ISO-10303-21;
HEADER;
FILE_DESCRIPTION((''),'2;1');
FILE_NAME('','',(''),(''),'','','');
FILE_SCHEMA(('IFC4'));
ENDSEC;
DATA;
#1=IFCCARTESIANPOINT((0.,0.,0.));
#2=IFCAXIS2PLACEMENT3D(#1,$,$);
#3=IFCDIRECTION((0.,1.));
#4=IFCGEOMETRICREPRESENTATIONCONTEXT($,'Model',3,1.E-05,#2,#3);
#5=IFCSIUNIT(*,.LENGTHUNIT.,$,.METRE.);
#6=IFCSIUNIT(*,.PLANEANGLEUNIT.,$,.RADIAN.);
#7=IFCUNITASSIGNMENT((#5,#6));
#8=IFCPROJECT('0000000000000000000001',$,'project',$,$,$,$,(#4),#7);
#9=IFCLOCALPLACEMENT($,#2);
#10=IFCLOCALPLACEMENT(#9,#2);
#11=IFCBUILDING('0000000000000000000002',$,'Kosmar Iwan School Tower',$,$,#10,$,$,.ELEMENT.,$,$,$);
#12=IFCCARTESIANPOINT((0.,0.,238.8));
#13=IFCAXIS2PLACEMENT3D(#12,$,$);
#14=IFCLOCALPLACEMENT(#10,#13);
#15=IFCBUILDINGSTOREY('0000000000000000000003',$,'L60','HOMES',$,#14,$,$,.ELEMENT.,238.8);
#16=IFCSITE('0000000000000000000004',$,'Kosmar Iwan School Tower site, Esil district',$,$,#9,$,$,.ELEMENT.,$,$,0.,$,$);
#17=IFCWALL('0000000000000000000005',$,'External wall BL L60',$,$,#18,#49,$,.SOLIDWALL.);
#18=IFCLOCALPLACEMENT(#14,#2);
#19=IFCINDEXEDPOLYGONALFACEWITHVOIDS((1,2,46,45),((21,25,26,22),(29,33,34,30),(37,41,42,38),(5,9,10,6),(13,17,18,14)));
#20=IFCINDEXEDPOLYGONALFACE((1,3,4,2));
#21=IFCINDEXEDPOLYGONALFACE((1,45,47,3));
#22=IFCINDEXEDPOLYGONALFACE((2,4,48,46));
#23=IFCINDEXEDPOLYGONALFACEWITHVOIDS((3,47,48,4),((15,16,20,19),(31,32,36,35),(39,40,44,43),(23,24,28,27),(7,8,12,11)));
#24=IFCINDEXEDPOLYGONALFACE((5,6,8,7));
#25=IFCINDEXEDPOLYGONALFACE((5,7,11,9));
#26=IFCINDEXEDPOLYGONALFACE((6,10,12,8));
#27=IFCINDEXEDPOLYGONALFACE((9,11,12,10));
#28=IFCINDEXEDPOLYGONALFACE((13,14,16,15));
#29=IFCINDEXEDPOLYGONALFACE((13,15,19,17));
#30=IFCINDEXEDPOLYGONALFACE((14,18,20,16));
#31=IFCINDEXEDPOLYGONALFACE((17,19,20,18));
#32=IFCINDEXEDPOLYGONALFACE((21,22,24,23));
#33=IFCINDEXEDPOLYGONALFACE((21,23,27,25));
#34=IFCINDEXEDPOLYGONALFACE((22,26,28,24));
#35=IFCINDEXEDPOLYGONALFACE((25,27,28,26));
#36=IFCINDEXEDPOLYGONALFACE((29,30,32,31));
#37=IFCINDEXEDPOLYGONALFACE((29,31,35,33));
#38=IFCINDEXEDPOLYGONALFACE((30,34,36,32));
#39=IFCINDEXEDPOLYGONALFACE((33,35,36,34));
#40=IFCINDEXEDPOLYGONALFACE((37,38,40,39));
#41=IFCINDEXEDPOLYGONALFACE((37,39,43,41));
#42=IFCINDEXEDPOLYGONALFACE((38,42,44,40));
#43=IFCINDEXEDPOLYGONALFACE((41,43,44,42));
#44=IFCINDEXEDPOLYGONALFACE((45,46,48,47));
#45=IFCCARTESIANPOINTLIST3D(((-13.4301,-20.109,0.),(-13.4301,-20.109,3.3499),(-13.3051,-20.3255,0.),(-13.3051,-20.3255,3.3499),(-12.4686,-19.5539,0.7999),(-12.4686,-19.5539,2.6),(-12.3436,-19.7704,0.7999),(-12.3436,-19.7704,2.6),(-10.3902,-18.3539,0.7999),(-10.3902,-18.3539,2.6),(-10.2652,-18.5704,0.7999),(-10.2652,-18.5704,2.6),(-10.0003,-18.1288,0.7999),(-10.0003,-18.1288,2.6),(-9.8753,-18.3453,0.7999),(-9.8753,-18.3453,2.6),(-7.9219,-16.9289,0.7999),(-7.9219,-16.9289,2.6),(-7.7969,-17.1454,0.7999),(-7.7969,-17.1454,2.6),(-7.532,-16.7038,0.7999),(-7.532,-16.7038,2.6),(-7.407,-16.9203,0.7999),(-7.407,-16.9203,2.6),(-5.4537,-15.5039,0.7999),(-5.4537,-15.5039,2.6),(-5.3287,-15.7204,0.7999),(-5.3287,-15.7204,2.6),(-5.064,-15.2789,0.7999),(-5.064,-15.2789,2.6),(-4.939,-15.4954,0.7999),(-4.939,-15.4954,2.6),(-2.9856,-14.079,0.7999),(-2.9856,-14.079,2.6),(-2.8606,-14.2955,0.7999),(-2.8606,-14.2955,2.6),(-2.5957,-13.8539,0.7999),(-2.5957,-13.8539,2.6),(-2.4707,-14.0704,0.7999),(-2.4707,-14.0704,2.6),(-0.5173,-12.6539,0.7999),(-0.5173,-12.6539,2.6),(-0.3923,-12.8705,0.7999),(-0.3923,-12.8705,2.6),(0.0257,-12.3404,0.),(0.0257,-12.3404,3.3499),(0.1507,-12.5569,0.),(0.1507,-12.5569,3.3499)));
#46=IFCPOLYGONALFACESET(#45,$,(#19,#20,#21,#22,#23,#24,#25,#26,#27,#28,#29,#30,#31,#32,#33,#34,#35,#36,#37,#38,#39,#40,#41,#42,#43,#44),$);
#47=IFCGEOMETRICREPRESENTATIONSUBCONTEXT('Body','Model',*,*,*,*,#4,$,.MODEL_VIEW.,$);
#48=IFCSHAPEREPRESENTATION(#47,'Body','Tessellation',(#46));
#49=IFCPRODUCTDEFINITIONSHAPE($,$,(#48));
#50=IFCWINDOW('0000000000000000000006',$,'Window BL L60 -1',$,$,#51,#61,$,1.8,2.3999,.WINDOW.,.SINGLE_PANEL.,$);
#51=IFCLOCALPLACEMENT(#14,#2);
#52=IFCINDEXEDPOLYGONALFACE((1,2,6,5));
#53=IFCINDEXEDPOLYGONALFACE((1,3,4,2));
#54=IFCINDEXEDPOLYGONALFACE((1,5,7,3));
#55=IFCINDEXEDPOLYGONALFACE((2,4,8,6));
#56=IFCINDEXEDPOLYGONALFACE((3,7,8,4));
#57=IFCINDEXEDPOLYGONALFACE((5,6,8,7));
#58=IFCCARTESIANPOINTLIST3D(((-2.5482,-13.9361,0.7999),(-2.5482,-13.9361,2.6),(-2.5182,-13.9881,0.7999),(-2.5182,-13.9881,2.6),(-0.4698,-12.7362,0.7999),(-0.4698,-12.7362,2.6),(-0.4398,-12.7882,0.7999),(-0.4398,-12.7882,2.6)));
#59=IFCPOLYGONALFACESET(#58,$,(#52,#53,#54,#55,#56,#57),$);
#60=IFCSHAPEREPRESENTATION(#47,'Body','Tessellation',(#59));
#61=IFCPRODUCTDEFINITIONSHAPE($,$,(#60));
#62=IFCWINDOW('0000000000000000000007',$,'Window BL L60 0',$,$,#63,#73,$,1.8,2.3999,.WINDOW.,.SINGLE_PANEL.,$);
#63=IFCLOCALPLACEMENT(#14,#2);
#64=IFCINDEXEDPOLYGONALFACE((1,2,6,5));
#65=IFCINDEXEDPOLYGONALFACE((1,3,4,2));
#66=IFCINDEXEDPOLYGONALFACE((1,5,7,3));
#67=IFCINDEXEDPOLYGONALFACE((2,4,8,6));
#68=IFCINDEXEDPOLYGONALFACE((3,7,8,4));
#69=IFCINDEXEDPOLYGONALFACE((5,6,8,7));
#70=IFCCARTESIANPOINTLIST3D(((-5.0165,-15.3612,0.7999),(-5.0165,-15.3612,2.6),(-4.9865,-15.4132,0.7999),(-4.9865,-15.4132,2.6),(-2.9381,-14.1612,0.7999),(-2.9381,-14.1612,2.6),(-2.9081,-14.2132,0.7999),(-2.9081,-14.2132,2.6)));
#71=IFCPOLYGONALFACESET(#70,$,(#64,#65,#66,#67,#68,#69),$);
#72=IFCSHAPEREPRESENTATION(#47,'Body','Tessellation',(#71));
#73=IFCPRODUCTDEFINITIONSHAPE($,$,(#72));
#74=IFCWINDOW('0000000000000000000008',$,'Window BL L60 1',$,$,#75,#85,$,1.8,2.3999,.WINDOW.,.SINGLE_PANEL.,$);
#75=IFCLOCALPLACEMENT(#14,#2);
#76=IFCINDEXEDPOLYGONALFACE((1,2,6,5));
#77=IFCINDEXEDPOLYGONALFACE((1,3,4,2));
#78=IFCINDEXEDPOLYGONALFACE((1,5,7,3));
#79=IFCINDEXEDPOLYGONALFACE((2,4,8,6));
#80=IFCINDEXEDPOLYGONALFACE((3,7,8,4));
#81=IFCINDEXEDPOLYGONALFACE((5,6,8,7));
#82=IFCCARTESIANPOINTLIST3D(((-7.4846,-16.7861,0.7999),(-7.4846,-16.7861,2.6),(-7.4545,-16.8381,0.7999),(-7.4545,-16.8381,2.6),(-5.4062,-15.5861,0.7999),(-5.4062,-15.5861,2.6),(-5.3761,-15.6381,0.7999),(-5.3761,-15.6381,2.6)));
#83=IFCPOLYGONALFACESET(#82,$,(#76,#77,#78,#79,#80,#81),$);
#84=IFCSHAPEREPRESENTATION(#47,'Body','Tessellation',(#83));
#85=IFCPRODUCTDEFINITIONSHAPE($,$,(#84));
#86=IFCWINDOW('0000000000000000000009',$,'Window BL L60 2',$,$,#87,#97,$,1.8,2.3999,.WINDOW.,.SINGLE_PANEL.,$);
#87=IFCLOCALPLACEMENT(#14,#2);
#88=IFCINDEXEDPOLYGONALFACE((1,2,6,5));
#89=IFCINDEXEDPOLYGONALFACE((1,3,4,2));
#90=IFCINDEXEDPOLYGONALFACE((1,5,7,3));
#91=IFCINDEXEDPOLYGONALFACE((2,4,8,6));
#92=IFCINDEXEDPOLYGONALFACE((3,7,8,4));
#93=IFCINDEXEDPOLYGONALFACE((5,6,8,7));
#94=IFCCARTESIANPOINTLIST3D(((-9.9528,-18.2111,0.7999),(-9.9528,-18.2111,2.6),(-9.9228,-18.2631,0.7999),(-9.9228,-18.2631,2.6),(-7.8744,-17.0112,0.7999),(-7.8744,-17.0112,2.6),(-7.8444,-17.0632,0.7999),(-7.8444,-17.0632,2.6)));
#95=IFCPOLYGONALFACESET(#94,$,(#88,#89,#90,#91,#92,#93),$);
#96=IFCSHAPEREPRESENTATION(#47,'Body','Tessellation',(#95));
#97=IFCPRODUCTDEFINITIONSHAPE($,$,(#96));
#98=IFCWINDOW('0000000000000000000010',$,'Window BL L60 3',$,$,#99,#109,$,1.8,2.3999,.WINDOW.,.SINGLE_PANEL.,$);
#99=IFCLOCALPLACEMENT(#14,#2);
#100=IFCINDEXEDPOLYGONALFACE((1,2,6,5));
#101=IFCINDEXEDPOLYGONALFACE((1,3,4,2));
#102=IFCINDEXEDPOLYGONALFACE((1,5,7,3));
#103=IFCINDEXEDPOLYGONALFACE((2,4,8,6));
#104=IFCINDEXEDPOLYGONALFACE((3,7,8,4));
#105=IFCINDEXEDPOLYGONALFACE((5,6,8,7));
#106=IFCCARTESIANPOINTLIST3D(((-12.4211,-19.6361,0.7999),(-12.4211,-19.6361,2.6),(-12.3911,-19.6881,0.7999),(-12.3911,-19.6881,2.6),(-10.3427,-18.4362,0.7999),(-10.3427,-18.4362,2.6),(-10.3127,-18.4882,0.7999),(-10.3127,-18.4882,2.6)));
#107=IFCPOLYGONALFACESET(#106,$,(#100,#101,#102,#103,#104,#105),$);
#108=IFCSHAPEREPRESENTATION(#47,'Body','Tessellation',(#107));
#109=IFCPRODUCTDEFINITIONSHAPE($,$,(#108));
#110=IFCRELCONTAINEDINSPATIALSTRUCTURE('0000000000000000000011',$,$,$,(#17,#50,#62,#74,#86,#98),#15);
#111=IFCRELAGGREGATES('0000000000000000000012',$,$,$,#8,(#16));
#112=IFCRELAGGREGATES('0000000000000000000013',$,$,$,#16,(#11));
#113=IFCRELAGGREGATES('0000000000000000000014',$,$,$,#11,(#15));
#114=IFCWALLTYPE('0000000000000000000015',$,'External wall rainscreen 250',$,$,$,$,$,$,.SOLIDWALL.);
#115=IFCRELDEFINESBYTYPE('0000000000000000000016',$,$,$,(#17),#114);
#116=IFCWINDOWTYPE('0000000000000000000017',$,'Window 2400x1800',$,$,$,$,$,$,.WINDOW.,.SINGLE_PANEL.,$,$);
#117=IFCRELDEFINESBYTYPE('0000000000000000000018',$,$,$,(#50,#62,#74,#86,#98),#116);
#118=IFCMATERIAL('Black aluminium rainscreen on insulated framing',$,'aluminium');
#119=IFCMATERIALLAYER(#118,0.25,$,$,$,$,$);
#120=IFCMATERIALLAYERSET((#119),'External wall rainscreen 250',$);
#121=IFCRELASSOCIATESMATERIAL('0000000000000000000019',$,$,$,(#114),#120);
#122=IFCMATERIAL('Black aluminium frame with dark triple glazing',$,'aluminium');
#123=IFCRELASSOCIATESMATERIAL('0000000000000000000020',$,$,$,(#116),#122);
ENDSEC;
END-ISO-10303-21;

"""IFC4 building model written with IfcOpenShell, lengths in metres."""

from ifc_helpers import new_model, si_unit, direction, frame, frame_2d, origin, place, context, subcontext, project, spatial, rectangle, extrude, material, layer, layer_set, type_object, element, fill, save


model = new_model("IFC4")

# Units and contexts
model_context = context("Model", 3, precision=1e-05, world=origin(), true_north=direction((0.0, 1.0)))
body_context = subcontext(model_context, "Body", "Model", "MODEL_VIEW")
ifc_project = project(units=[si_unit("LENGTHUNIT", "METRE"), si_unit("PLANEANGLEUNIT", "RADIAN")], contexts=[model_context])

# Site, building, storey
site_placement = place(None, origin())
site = spatial("IfcSite", under=ifc_project, at=site_placement, Name="Kosmar Iwan School Tower site, Esil district", CompositionType="ELEMENT", RefElevation=0.0)
building_placement = place(site_placement, origin())
building = spatial("IfcBuilding", under=site, at=building_placement, Name="Kosmar Iwan School Tower", CompositionType="ELEMENT")
storey_placement = place(building_placement, frame((0.0, 0.0, 238.8)))
storey = spatial("IfcBuildingStorey", under=building, at=storey_placement, Name="L60", Description="HOMES", CompositionType="ELEMENT", Elevation=238.8)

# Wall, openings, windows
ifc_material_1 = material(Name="Black aluminium rainscreen on insulated framing", Category="aluminium")
ifc_layer_1 = layer(ifc_material_1, 0.25)
ifc_layer_set_1 = layer_set([ifc_layer_1], Name="External wall rainscreen 250")
wall_type_1 = type_object("IfcWallType", Name="External wall rainscreen 250", PredefinedType="SOLIDWALL", material=ifc_layer_set_1)
wall_1_placement = place(storey_placement, frame((0.0881, -12.4487, 0.0), z_axis=(0.0, 0.0, 1.0), x_axis=(-0.86603, -0.499992, 0.0)))
wall_1 = element("IfcWall", 1, at=wall_1_placement, inside=storey, type_object=wall_type_1, Name="External wall BL L60", PredefinedType="SOLIDWALL", context=body_context, shape_type="SweptSolid", body=[
    extrude(rectangle(XDim=15.5374, YDim=0.25, at=frame_2d((7.7686, 0.0))), origin(), (0.0, 0.0, 1.0), 3.3499),
])
opening_1_placement = place(wall_1_placement, frame((0.627, 0.0, 0.8)))
opening_1 = element("IfcOpeningElement", 2, at=opening_1_placement, cuts=wall_1, PredefinedType="OPENING", context=body_context, shape_type="SweptSolid", body=[
    extrude(rectangle(XDim=2.3999, YDim=1.8, at=frame_2d((1.2, 0.8999))), frame((0.0, 0.137, 0.0), z_axis=(0.0, -1.0, 0.0), x_axis=(1.0, 0.0, 0.0)), (0.0, 0.0, 1.0), 0.2739),
])
opening_2_placement = place(wall_1_placement, frame((3.4771, 0.0, 0.8)))
opening_2 = element("IfcOpeningElement", 3, at=opening_2_placement, cuts=wall_1, PredefinedType="OPENING", context=body_context, shape_type="SweptSolid", body=[
    extrude(rectangle(XDim=2.3999, YDim=1.8, at=frame_2d((1.2, 0.8999))), frame((0.0, 0.137, 0.0), z_axis=(0.0, -1.0, 0.0), x_axis=(1.0, 0.0, 0.0)), (0.0, 0.0, 1.0), 0.2739),
])
opening_3_placement = place(wall_1_placement, frame((6.3269, 0.0, 0.8)))
opening_3 = element("IfcOpeningElement", 4, at=opening_3_placement, cuts=wall_1, PredefinedType="OPENING", context=body_context, shape_type="SweptSolid", body=[
    extrude(rectangle(XDim=2.3999, YDim=1.8, at=frame_2d((1.2, 0.8999))), frame((0.0, 0.137, 0.0), z_axis=(0.0, -1.0, 0.0), x_axis=(1.0, 0.0, 0.0)), (0.0, 0.0, 1.0), 0.2739),
])
opening_4_placement = place(wall_1_placement, frame((9.177, 0.0, 0.8)))
opening_4 = element("IfcOpeningElement", 5, at=opening_4_placement, cuts=wall_1, PredefinedType="OPENING", context=body_context, shape_type="SweptSolid", body=[
    extrude(rectangle(XDim=2.3999, YDim=1.8, at=frame_2d((1.2, 0.8999))), frame((0.0, 0.137, 0.0), z_axis=(0.0, -1.0, 0.0), x_axis=(1.0, 0.0, 0.0)), (0.0, 0.0, 1.0), 0.2739),
])
opening_5_placement = place(wall_1_placement, frame((12.0271, 0.0, 0.8)))
opening_5 = element("IfcOpeningElement", 6, at=opening_5_placement, cuts=wall_1, PredefinedType="OPENING", context=body_context, shape_type="SweptSolid", body=[
    extrude(rectangle(XDim=2.3999, YDim=1.8, at=frame_2d((1.2, 0.8999))), frame((0.0, 0.137, 0.0), z_axis=(0.0, -1.0, 0.0), x_axis=(1.0, 0.0, 0.0)), (0.0, 0.0, 1.0), 0.2739),
])
ifc_material_2 = material(Name="Black aluminium frame with dark triple glazing", Category="aluminium")
window_type = type_object("IfcWindowType", Name="Window 2400x1800", PartitioningType="SINGLE_PANEL", PredefinedType="WINDOW", material=ifc_material_2)
window_1_placement = place(opening_1_placement, origin())
window_1 = element("IfcWindow", 7, at=window_1_placement, inside=storey, type_object=window_type, Name="Window BL L60 -1", OverallHeight=1.8, OverallWidth=2.3999, PartitioningType="SINGLE_PANEL", PredefinedType="WINDOW", context=body_context, shape_type="SweptSolid", body=[
    extrude(rectangle(XDim=2.3999, YDim=1.8, at=frame_2d((1.2, 0.8999))), frame((0.0, 0.03, 0.0), z_axis=(0.0, -1.0, 0.0), x_axis=(1.0, 0.0, 0.0)), (0.0, 0.0, 1.0), 0.0601),
])
fill(opening_1, window_1)
window_2_placement = place(opening_2_placement, origin())
window_2 = element("IfcWindow", 8, at=window_2_placement, inside=storey, type_object=window_type, Name="Window BL L60 0", OverallHeight=1.8, OverallWidth=2.3999, PartitioningType="SINGLE_PANEL", PredefinedType="WINDOW", context=body_context, shape_type="SweptSolid", body=[
    extrude(rectangle(XDim=2.3999, YDim=1.8, at=frame_2d((1.2, 0.8999))), frame((0.0, 0.03, 0.0), z_axis=(0.0, -1.0, 0.0), x_axis=(1.0, 0.0, 0.0)), (0.0, 0.0, 1.0), 0.0601),
])
fill(opening_2, window_2)
window_3_placement = place(opening_3_placement, origin())
window_3 = element("IfcWindow", 9, at=window_3_placement, inside=storey, type_object=window_type, Name="Window BL L60 1", OverallHeight=1.8, OverallWidth=2.3999, PartitioningType="SINGLE_PANEL", PredefinedType="WINDOW", context=body_context, shape_type="SweptSolid", body=[
    extrude(rectangle(XDim=2.3999, YDim=1.8, at=frame_2d((1.2, 0.8999))), frame((0.0, 0.03, 0.0), z_axis=(0.0, -1.0, 0.0), x_axis=(1.0, 0.0, 0.0)), (0.0, 0.0, 1.0), 0.0601),
])
fill(opening_3, window_3)
window_4_placement = place(opening_4_placement, origin())
window_4 = element("IfcWindow", 10, at=window_4_placement, inside=storey, type_object=window_type, Name="Window BL L60 2", OverallHeight=1.8, OverallWidth=2.3999, PartitioningType="SINGLE_PANEL", PredefinedType="WINDOW", context=body_context, shape_type="SweptSolid", body=[
    extrude(rectangle(XDim=2.3999, YDim=1.8, at=frame_2d((1.2, 0.8999))), frame((0.0, 0.03, 0.0), z_axis=(0.0, -1.0, 0.0), x_axis=(1.0, 0.0, 0.0)), (0.0, 0.0, 1.0), 0.0601),
])
fill(opening_4, window_4)
window_5_placement = place(opening_5_placement, origin())
window_5 = element("IfcWindow", 11, at=window_5_placement, inside=storey, type_object=window_type, Name="Window BL L60 3", OverallHeight=1.8, OverallWidth=2.3999, PartitioningType="SINGLE_PANEL", PredefinedType="WINDOW", context=body_context, shape_type="SweptSolid", body=[
    extrude(rectangle(XDim=2.3999, YDim=1.8, at=frame_2d((1.2, 0.8999))), frame((0.0, 0.03, 0.0), z_axis=(0.0, -1.0, 0.0), x_axis=(1.0, 0.0, 0.0)), (0.0, 0.0, 1.0), 0.0601),
])
fill(opening_5, window_5)

save(model, "model.ifc")
